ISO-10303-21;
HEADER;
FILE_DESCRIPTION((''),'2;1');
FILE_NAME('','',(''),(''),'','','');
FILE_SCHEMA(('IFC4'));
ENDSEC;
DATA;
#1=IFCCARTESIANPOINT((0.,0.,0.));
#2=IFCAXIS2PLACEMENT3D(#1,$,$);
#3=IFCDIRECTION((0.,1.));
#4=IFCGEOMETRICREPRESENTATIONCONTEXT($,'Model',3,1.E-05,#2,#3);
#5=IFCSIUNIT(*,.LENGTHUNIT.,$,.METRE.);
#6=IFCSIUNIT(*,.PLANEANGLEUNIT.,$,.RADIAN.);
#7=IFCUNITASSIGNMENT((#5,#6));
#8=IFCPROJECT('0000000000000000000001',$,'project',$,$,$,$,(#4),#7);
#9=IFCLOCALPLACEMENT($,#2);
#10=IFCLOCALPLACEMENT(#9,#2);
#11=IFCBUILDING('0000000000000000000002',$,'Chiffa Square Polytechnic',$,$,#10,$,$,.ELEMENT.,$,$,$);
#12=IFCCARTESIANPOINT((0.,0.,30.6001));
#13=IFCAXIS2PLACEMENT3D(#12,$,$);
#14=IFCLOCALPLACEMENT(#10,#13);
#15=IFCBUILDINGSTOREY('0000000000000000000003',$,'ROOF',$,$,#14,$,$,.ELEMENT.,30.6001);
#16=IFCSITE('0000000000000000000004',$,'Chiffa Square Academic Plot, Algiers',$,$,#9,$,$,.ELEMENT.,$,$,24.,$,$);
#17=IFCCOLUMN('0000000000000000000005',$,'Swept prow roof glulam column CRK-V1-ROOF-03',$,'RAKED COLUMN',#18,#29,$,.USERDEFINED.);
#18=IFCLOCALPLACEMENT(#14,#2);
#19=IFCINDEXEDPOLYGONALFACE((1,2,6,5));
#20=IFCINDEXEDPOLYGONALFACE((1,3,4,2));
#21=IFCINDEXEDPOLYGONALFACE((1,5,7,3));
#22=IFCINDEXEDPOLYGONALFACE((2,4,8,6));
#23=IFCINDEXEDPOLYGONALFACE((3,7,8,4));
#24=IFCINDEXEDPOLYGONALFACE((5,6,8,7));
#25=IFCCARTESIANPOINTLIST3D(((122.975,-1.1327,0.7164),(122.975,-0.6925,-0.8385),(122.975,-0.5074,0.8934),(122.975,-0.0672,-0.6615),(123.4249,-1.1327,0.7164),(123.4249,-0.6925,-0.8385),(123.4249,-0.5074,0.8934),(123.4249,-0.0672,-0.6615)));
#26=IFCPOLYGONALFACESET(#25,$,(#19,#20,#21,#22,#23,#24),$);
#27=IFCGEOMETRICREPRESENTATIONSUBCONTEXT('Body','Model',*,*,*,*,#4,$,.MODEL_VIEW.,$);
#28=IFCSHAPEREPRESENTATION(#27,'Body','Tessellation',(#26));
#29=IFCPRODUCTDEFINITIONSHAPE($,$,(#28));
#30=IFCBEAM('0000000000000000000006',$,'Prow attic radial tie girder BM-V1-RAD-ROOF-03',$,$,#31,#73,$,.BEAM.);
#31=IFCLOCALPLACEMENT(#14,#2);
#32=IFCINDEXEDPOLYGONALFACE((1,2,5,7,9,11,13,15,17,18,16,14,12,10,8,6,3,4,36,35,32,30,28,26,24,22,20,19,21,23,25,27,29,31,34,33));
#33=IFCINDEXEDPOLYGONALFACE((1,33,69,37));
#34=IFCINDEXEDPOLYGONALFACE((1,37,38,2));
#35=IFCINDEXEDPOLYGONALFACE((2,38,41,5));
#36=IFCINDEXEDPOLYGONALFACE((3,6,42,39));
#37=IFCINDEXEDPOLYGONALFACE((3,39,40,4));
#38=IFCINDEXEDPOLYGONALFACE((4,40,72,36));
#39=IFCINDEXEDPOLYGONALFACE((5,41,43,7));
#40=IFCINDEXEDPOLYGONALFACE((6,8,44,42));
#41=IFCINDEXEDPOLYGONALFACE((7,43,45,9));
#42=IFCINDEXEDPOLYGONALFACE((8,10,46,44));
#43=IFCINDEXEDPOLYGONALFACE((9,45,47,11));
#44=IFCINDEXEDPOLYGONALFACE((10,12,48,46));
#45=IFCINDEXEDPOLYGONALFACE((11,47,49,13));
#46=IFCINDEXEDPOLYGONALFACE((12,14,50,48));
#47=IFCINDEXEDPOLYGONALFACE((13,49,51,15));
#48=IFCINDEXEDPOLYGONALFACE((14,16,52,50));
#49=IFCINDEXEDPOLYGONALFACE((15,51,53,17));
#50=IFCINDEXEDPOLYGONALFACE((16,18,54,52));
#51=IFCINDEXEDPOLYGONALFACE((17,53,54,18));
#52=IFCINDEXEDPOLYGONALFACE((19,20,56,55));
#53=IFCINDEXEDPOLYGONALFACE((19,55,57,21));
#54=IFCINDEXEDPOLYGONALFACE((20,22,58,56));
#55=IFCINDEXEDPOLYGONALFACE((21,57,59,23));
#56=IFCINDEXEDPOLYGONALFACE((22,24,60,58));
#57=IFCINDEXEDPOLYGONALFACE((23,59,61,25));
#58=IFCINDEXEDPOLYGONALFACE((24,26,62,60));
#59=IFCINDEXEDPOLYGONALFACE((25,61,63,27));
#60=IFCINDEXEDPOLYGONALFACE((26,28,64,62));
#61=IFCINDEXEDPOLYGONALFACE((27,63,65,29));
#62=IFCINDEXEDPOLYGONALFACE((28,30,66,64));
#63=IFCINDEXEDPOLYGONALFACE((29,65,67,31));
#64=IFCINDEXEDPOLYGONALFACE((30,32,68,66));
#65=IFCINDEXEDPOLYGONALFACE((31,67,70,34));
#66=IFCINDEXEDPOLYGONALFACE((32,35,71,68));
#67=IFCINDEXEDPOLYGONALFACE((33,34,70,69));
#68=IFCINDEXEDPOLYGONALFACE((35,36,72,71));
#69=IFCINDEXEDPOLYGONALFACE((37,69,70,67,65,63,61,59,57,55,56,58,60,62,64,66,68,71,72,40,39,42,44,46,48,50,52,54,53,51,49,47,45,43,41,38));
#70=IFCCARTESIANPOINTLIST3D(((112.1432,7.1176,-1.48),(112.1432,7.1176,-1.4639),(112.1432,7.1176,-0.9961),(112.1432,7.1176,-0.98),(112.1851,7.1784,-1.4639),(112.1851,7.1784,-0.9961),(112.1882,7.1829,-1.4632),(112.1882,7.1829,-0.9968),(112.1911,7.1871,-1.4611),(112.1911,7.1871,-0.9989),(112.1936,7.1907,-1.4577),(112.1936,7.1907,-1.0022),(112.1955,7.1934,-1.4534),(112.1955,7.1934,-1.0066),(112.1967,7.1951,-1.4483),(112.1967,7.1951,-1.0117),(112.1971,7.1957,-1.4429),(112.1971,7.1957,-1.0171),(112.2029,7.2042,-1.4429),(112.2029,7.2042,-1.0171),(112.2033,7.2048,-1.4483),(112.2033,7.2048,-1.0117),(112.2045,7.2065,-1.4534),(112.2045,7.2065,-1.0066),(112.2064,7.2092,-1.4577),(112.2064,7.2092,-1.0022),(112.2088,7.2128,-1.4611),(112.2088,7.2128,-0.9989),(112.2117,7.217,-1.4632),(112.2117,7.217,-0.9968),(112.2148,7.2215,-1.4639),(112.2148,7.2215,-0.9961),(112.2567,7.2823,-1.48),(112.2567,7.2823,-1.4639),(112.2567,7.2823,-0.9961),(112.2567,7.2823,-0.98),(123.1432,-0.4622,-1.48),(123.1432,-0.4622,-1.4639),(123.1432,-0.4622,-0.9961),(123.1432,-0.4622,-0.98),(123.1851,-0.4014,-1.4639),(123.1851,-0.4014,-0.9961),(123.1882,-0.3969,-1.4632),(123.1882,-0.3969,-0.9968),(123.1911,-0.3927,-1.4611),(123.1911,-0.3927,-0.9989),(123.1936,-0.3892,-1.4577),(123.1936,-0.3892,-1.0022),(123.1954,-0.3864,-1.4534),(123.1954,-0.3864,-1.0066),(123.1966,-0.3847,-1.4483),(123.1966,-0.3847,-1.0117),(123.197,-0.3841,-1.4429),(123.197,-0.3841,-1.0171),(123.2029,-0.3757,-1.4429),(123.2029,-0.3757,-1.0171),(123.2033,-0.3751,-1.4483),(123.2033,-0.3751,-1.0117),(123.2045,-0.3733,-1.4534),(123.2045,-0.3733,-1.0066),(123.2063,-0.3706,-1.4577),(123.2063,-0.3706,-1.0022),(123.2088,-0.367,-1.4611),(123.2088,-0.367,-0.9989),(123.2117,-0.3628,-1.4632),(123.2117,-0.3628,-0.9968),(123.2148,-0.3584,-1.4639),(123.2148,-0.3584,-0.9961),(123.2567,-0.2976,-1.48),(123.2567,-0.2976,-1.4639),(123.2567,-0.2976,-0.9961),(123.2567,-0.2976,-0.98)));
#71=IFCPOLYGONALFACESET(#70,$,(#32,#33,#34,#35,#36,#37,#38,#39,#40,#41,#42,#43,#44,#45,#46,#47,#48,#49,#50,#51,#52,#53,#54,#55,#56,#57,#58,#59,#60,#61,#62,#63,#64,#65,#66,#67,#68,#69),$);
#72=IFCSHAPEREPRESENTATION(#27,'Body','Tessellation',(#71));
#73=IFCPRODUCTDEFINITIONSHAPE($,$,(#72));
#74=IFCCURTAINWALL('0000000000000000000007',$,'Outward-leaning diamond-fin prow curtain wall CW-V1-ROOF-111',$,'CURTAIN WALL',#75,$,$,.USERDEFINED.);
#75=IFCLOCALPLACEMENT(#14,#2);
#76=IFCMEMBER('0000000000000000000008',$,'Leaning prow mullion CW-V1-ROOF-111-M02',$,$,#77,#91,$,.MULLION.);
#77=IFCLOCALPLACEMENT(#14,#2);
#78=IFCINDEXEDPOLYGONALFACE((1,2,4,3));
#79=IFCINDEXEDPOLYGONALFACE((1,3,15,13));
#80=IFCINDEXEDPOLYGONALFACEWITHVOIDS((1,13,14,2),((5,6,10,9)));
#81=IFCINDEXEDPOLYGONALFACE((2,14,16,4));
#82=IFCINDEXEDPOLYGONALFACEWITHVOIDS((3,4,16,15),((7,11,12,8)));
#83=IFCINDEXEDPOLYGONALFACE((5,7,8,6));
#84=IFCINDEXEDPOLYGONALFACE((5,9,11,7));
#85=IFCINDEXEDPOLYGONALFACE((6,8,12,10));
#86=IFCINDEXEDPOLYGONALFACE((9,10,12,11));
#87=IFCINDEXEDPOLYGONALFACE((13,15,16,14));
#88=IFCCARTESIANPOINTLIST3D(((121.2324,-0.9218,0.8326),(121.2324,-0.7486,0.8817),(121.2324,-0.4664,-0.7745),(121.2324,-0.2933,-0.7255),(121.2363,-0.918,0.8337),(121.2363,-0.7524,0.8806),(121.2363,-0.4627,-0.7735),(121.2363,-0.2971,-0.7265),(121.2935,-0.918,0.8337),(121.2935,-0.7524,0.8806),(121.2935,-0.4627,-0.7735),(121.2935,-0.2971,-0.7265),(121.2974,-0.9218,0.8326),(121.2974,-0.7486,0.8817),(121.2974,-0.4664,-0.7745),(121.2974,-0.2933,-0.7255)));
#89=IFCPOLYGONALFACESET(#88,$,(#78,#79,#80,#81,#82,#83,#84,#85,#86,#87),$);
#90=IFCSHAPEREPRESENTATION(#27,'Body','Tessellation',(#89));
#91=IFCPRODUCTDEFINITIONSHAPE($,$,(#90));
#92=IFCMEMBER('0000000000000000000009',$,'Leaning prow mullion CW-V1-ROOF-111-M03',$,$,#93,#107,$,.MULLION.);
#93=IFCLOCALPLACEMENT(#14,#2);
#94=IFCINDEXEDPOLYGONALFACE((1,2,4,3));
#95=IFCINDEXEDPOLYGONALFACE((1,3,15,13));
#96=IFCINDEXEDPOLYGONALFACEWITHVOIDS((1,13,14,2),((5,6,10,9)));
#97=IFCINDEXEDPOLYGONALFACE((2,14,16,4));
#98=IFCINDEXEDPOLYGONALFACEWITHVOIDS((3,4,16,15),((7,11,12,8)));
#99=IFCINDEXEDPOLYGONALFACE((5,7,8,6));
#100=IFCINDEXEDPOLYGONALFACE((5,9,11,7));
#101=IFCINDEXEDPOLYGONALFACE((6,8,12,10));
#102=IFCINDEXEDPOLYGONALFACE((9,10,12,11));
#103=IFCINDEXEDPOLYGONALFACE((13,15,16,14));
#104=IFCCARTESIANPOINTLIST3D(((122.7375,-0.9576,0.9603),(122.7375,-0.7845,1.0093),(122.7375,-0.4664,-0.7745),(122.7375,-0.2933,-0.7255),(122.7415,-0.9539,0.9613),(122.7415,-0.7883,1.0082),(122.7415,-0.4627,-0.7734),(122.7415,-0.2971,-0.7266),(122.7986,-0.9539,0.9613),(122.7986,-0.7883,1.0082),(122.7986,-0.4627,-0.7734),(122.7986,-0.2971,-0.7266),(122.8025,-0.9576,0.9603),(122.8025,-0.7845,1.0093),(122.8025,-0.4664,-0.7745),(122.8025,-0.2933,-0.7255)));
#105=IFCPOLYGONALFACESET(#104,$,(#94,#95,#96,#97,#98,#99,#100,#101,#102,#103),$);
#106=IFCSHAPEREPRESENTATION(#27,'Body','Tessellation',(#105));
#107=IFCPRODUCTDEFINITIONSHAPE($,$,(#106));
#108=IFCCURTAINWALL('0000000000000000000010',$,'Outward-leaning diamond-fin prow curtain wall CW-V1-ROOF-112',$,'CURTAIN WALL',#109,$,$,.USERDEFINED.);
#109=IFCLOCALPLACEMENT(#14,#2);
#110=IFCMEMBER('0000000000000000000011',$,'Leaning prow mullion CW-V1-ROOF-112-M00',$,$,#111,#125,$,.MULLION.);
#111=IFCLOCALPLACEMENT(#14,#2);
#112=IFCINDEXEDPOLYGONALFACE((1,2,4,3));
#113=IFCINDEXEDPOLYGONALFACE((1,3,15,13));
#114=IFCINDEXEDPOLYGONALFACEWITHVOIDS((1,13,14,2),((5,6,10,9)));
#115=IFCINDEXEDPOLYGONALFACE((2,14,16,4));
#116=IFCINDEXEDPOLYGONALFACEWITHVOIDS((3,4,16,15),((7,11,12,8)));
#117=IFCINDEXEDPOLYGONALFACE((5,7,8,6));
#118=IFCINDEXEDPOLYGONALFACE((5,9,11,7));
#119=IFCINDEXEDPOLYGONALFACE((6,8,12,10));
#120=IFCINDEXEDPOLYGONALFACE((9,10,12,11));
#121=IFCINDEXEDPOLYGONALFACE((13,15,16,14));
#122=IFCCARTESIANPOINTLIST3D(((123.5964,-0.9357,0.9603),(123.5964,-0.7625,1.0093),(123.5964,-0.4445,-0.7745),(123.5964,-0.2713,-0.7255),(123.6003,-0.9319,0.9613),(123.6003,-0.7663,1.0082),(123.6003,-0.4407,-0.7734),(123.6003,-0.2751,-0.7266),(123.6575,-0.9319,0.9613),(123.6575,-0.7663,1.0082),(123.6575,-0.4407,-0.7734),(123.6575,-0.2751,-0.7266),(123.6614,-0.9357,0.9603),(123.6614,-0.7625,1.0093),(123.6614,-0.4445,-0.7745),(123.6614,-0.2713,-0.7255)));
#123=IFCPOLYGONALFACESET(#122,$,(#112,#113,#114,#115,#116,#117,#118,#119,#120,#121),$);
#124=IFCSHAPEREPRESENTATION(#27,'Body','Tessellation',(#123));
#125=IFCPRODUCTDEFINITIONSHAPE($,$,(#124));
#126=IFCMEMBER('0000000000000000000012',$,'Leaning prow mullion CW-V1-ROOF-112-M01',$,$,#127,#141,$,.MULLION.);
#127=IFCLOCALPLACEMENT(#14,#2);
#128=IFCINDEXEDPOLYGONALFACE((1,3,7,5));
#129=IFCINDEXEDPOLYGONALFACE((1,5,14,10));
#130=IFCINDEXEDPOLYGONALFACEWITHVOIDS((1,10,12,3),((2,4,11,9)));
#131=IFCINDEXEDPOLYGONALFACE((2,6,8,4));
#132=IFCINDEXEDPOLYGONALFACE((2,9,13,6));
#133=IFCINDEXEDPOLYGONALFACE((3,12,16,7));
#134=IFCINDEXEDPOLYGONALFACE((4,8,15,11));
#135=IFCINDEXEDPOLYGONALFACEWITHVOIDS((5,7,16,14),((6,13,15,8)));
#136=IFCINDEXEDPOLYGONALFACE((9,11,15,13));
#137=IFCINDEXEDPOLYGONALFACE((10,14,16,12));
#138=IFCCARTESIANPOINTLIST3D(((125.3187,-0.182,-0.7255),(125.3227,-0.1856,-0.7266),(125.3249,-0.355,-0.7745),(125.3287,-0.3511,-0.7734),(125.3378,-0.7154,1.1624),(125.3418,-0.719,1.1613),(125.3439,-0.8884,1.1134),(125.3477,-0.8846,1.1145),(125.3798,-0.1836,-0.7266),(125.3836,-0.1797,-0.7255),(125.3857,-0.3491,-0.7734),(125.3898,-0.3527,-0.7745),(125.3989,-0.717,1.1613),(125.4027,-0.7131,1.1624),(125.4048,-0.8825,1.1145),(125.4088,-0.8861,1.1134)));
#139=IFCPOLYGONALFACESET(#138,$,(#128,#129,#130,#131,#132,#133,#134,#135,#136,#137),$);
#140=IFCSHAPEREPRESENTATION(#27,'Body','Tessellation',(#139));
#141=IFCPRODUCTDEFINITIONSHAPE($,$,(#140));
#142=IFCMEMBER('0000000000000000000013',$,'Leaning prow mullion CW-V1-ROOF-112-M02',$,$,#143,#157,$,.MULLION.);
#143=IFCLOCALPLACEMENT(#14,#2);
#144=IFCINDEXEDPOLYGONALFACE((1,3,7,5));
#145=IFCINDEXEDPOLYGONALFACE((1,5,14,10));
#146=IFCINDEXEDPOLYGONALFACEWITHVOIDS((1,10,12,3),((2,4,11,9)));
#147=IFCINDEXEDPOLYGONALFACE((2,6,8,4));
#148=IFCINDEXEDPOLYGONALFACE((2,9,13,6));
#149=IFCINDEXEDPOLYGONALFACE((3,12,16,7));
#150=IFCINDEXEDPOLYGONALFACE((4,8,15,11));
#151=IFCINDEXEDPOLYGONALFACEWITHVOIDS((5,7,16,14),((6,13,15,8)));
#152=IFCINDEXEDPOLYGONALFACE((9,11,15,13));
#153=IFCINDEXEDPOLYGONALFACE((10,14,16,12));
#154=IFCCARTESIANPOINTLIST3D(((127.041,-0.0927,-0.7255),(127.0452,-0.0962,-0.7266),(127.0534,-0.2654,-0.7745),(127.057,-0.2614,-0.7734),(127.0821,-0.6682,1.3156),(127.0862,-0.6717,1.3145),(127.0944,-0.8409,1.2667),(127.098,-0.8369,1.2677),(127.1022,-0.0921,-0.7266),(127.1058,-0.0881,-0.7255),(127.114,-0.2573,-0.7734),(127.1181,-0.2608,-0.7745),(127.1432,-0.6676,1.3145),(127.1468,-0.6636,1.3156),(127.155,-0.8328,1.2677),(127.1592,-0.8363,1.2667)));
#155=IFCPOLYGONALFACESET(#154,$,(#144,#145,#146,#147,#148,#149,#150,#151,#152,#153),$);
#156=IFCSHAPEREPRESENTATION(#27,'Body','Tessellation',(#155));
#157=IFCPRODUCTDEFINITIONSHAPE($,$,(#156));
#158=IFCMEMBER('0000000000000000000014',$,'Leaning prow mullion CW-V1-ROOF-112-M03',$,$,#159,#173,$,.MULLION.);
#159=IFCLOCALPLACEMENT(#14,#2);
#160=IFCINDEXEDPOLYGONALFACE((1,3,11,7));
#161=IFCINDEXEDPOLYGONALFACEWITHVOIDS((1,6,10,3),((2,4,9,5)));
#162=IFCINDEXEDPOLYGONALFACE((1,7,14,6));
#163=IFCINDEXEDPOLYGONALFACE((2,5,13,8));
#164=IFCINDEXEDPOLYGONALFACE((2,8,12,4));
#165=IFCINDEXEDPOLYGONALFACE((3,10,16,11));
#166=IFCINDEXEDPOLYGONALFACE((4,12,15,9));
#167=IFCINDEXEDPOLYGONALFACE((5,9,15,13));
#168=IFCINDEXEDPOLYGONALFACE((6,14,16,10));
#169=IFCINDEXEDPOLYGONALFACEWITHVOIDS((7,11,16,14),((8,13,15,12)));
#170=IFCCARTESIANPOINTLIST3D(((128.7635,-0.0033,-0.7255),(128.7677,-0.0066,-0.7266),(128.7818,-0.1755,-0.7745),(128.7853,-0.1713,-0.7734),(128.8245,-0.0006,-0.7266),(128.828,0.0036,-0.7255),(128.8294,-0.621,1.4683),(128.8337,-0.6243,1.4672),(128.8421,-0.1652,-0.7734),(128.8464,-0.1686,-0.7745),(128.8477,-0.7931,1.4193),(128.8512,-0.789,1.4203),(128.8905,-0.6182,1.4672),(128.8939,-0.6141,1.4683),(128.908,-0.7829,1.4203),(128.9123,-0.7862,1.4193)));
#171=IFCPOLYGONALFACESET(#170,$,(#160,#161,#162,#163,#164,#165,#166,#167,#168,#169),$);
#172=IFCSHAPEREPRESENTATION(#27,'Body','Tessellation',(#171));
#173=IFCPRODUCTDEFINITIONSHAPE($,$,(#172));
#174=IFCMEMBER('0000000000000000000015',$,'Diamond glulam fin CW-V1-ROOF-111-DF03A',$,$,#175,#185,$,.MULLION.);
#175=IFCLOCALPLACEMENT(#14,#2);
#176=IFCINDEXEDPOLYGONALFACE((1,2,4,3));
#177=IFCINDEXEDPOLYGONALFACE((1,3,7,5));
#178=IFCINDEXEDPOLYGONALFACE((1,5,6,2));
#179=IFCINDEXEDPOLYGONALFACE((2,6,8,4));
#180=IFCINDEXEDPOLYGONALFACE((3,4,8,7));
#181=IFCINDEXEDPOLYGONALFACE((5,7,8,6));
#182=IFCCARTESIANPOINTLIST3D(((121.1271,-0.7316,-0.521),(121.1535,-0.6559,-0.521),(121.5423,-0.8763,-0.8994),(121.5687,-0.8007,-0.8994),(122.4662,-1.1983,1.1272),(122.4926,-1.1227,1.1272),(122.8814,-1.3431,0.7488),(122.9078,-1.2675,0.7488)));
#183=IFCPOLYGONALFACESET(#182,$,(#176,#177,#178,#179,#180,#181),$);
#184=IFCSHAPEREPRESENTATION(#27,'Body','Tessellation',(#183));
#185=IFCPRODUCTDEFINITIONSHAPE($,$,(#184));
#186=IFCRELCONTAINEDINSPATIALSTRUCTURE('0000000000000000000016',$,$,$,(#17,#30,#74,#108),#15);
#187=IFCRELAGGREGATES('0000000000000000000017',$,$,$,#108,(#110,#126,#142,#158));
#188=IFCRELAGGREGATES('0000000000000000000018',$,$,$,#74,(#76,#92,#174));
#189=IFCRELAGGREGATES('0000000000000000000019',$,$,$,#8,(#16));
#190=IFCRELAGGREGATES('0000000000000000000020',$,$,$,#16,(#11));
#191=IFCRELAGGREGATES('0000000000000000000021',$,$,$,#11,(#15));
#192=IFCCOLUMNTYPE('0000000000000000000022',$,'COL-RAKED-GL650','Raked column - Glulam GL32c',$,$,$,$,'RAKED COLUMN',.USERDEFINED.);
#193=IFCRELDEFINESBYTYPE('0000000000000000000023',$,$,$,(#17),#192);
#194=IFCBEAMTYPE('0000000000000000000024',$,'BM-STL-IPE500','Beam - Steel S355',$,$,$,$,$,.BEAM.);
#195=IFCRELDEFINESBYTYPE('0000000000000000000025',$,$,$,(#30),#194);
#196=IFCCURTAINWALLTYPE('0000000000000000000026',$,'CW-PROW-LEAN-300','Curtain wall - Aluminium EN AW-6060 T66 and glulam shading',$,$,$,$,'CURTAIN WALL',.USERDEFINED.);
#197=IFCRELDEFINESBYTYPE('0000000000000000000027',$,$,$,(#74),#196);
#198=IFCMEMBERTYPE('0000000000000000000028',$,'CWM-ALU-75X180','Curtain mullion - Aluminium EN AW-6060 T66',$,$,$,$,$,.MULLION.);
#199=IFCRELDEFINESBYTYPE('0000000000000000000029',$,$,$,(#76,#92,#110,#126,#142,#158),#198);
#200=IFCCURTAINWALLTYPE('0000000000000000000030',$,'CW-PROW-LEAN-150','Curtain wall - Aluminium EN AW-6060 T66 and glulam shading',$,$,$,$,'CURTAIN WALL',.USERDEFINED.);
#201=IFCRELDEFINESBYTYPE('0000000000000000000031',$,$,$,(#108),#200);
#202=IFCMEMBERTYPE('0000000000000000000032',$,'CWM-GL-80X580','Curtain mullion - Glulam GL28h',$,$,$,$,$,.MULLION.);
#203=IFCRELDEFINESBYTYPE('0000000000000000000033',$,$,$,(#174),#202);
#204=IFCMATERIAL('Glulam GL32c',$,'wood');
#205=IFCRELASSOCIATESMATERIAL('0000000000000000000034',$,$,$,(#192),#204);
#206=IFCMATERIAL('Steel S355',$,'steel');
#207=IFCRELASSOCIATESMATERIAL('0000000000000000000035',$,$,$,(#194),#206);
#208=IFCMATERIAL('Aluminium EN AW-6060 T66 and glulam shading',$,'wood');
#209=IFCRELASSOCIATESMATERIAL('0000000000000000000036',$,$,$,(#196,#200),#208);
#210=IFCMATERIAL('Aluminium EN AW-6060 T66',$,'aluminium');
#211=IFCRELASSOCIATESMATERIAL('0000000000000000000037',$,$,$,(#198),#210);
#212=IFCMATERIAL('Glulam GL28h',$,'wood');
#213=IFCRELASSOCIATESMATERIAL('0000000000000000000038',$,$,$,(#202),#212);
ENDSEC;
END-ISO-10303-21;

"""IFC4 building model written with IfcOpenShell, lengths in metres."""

from ifc_helpers import new_model, si_unit, direction, frame, origin, origin_2d, place, context, subcontext, project, spatial, rectangle, hollow_rectangle, i_section, extrude, material, material_profile, profile_set, type_object, element, aggregate, save


model = new_model("IFC4")

# Units and contexts
model_context = context("Model", 3, precision=1e-05, world=origin(), true_north=direction((0.0, 1.0)))
body_context = subcontext(model_context, "Body", "Model", "MODEL_VIEW")
ifc_project = project(units=[si_unit("LENGTHUNIT", "METRE"), si_unit("PLANEANGLEUNIT", "RADIAN")], contexts=[model_context])

# Site, building, storey
site_placement = place(None, origin())
site = spatial("IfcSite", under=ifc_project, at=site_placement, Name="Chiffa Square Academic Plot, Algiers", CompositionType="ELEMENT", RefElevation=24.0)
building_placement = place(site_placement, origin())
building = spatial("IfcBuilding", under=site, at=building_placement, Name="Chiffa Square Polytechnic", CompositionType="ELEMENT")
storey_placement = place(building_placement, frame((0.0, 0.0, 30.6001)))
storey = spatial("IfcBuildingStorey", under=building, at=storey_placement, Name="ROOF", CompositionType="ELEMENT", Elevation=30.6001)

# Column
ifc_material_1 = material(Name="Glulam GL32c", Category="wood")
ifc_material_profile_1 = material_profile(ifc_material_1, rectangle(XDim=0.45, YDim=0.6499, at=origin_2d()), Name="GL32c 450x650")
ifc_profile_set_1 = profile_set([ifc_material_profile_1], Name="Glulam GL32c")
column_type = type_object("IfcColumnType", Name="COL-RAKED-GL650", Description="Raked column - Glulam GL32c", ElementType="RAKED COLUMN", PredefinedType="USERDEFINED", material=ifc_profile_set_1)
column_placement = place(storey_placement, frame((123.2, -0.3799, -0.75), z_axis=(0.0, -0.272386, 0.962188), x_axis=(1.0, 0.0, 0.0)))
element("IfcColumn", 1, at=column_placement, inside=storey, type_object=column_type, Name="Swept prow roof glulam column CRK-V1-ROOF-03", ObjectType="RAKED COLUMN", PredefinedType="USERDEFINED", context=body_context, shape_type="SweptSolid", body=[
    extrude(rectangle(XDim=0.45, YDim=0.6499, at=origin_2d()), origin(), (0.0, 0.0, 1.0), 1.616),
])

# Beam
ifc_material_2 = material(Name="Steel S355", Category="steel")
ifc_material_profile_2 = material_profile(ifc_material_2, i_section(OverallWidth=0.2, OverallDepth=0.5, WebThickness=0.0103, FlangeThickness=0.0161, FilletRadius=0.021, at=origin_2d()), Name="IPE 500")
ifc_profile_set_2 = profile_set([ifc_material_profile_2], Name="Steel S355")
beam_type_1 = type_object("IfcBeamType", Name="BM-STL-IPE500", Description="Beam - Steel S355", PredefinedType="BEAM", material=ifc_profile_set_2)
beam_1_placement = place(storey_placement, frame((123.2, -0.3799, -1.23), z_axis=(-0.823436, 0.56741, 0.0), x_axis=(-0.56741, -0.823436, 0.0)))
element("IfcBeam", 2, at=beam_1_placement, inside=storey, type_object=beam_type_1, Name="Prow attic radial tie girder BM-V1-RAD-ROOF-03", PredefinedType="BEAM", context=body_context, shape_type="SweptSolid", body=[
    extrude(i_section(OverallWidth=0.2, OverallDepth=0.5, WebThickness=0.0103, FlangeThickness=0.0161, FilletRadius=0.021, at=origin_2d()), origin(), (0.0, 0.0, 1.0), 13.3586),
])

# Curtain walls, members
ifc_material_3 = material(Name="Aluminium EN AW-6060 T66 and glulam shading", Category="wood")
curtain_wall_type_1 = type_object("IfcCurtainWallType", Name="CW-PROW-LEAN-300", Description="Curtain wall - Aluminium EN AW-6060 T66 and glulam shading", ElementType="CURTAIN WALL", PredefinedType="USERDEFINED", material=ifc_material_3)
curtain_wall_1_placement = place(storey_placement, origin())
curtain_wall_1 = element("IfcCurtainWall", 3, at=curtain_wall_1_placement, inside=storey, type_object=curtain_wall_type_1, Name="Outward-leaning diamond-fin prow curtain wall CW-V1-ROOF-111", ObjectType="CURTAIN WALL", PredefinedType="USERDEFINED")
ifc_material_4 = material(Name="Aluminium EN AW-6060 T66", Category="aluminium")
ifc_material_profile_3 = material_profile(ifc_material_4, hollow_rectangle(XDim=0.0649, YDim=0.1799, WallThickness=0.0039, at=origin_2d()), Name="ALU 65x180x4")
ifc_profile_set_3 = profile_set([ifc_material_profile_3], Name="Aluminium EN AW-6060 T66")
member_type_1 = type_object("IfcMemberType", Name="CWM-ALU-75X180", Description="Curtain mullion - Aluminium EN AW-6060 T66", PredefinedType="MULLION", material=ifc_profile_set_3)
member_1_placement = place(storey_placement, frame((121.2649, -0.3799, -0.75), z_axis=(0.0, -0.272578, 0.962134), x_axis=(1.0, 0.0, 0.0)))
member_1 = element("IfcMember", 4, at=member_1_placement, type_object=member_type_1, Name="Leaning prow mullion CW-V1-ROOF-111-M02", PredefinedType="MULLION", context=body_context, shape_type="SweptSolid", body=[
    extrude(hollow_rectangle(XDim=0.0649, YDim=0.1799, WallThickness=0.0039, at=origin_2d()), origin(), (0.0, 0.0, 1.0), 1.6704),
])
member_2_placement = place(storey_placement, frame((122.77, -0.3799, -0.75), z_axis=(0.0, -0.272431, 0.962175), x_axis=(1.0, 0.0, 0.0)))
member_2 = element("IfcMember", 5, at=member_2_placement, type_object=member_type_1, Name="Leaning prow mullion CW-V1-ROOF-111-M03", PredefinedType="MULLION", context=body_context, shape_type="SweptSolid", body=[
    extrude(hollow_rectangle(XDim=0.0649, YDim=0.1799, WallThickness=0.0039, at=origin_2d()), origin(), (0.0, 0.0, 1.0), 1.803),
])
curtain_wall_type_2 = type_object("IfcCurtainWallType", Name="CW-PROW-LEAN-150", Description="Curtain wall - Aluminium EN AW-6060 T66 and glulam shading", ElementType="CURTAIN WALL", PredefinedType="USERDEFINED", material=ifc_material_3)
curtain_wall_2_placement = place(storey_placement, origin())
curtain_wall_2 = element("IfcCurtainWall", 6, at=curtain_wall_2_placement, inside=storey, type_object=curtain_wall_type_2, Name="Outward-leaning diamond-fin prow curtain wall CW-V1-ROOF-112", ObjectType="CURTAIN WALL", PredefinedType="USERDEFINED")
member_3_placement = place(storey_placement, frame((123.6289, -0.3579, -0.75), z_axis=(0.0, -0.272431, 0.962175), x_axis=(1.0, 0.0, 0.0)))
member_3 = element("IfcMember", 7, at=member_3_placement, type_object=member_type_1, Name="Leaning prow mullion CW-V1-ROOF-112-M00", PredefinedType="MULLION", context=body_context, shape_type="SweptSolid", body=[
    extrude(hollow_rectangle(XDim=0.0649, YDim=0.1799, WallThickness=0.0039, at=origin_2d()), origin(), (0.0, 0.0, 1.0), 1.803),
])
member_4_placement = place(storey_placement, frame((125.3542, -0.2673, -0.75), z_axis=(0.009706, -0.271897, 0.962278), x_axis=(0.999363, 0.035675, 0.0)))
member_4 = element("IfcMember", 8, at=member_4_placement, type_object=member_type_1, Name="Leaning prow mullion CW-V1-ROOF-112-M01", PredefinedType="MULLION", context=body_context, shape_type="SweptSolid", body=[
    extrude(hollow_rectangle(XDim=0.0649, YDim=0.1799, WallThickness=0.0039, at=origin_2d()), origin(), (0.0, 0.0, 1.0), 1.9619),
])
member_5_placement = place(storey_placement, frame((127.0796, -0.1768, -0.75), z_axis=(0.019338, -0.271308, 0.962298), x_axis=(0.997469, 0.071097, 0.0)))
member_5 = element("IfcMember", 9, at=member_5_placement, type_object=member_type_1, Name="Leaning prow mullion CW-V1-ROOF-112-M02", PredefinedType="MULLION", context=body_context, shape_type="SweptSolid", body=[
    extrude(hollow_rectangle(XDim=0.0649, YDim=0.1799, WallThickness=0.0039, at=origin_2d()), origin(), (0.0, 0.0, 1.0), 2.1211),
])
member_6_placement = place(storey_placement, frame((128.8049, -0.0859, -0.75), z_axis=(0.02891, -0.270899, 0.962174), x_axis=(0.994354, 0.106117, 0.0)))
member_6 = element("IfcMember", 10, at=member_6_placement, type_object=member_type_1, Name="Leaning prow mullion CW-V1-ROOF-112-M03", PredefinedType="MULLION", context=body_context, shape_type="SweptSolid", body=[
    extrude(hollow_rectangle(XDim=0.0649, YDim=0.1799, WallThickness=0.0039, at=origin_2d()), origin(), (0.0, 0.0, 1.0), 2.28),
])

# Member
ifc_material_5 = material(Name="Glulam GL28h", Category="wood")
ifc_material_profile_4 = material_profile(ifc_material_5, rectangle(XDim=0.0801, YDim=0.5801, at=origin_2d()), Name="GL28h 80x580")
ifc_profile_set_4 = profile_set([ifc_material_profile_4], Name="Glulam GL28h")
member_type_2 = type_object("IfcMemberType", Name="CWM-GL-80X580", Description="Curtain mullion - Glulam GL28h", PredefinedType="MULLION", material=ifc_profile_set_4)
member_7_placement = place(storey_placement, frame((121.3479, -0.7661, -0.7102), z_axis=(0.615876, -0.214687, 0.758028), x_axis=(0.329162, 0.944274, 0.0)))
member_7 = element("IfcMember", 11, at=member_7_placement, type_object=member_type_2, Name="Diamond glulam fin CW-V1-ROOF-111-DF03A", PredefinedType="MULLION", context=body_context, shape_type="SweptSolid", body=[
    extrude(rectangle(XDim=0.0801, YDim=0.5801, at=origin_2d()), origin(), (0.0, 0.0, 1.0), 2.1743),
])

aggregate(curtain_wall_2, [member_3, member_4, member_5, member_6])
aggregate(curtain_wall_1, [member_1, member_2, member_7])

save(model, "model.ifc")
